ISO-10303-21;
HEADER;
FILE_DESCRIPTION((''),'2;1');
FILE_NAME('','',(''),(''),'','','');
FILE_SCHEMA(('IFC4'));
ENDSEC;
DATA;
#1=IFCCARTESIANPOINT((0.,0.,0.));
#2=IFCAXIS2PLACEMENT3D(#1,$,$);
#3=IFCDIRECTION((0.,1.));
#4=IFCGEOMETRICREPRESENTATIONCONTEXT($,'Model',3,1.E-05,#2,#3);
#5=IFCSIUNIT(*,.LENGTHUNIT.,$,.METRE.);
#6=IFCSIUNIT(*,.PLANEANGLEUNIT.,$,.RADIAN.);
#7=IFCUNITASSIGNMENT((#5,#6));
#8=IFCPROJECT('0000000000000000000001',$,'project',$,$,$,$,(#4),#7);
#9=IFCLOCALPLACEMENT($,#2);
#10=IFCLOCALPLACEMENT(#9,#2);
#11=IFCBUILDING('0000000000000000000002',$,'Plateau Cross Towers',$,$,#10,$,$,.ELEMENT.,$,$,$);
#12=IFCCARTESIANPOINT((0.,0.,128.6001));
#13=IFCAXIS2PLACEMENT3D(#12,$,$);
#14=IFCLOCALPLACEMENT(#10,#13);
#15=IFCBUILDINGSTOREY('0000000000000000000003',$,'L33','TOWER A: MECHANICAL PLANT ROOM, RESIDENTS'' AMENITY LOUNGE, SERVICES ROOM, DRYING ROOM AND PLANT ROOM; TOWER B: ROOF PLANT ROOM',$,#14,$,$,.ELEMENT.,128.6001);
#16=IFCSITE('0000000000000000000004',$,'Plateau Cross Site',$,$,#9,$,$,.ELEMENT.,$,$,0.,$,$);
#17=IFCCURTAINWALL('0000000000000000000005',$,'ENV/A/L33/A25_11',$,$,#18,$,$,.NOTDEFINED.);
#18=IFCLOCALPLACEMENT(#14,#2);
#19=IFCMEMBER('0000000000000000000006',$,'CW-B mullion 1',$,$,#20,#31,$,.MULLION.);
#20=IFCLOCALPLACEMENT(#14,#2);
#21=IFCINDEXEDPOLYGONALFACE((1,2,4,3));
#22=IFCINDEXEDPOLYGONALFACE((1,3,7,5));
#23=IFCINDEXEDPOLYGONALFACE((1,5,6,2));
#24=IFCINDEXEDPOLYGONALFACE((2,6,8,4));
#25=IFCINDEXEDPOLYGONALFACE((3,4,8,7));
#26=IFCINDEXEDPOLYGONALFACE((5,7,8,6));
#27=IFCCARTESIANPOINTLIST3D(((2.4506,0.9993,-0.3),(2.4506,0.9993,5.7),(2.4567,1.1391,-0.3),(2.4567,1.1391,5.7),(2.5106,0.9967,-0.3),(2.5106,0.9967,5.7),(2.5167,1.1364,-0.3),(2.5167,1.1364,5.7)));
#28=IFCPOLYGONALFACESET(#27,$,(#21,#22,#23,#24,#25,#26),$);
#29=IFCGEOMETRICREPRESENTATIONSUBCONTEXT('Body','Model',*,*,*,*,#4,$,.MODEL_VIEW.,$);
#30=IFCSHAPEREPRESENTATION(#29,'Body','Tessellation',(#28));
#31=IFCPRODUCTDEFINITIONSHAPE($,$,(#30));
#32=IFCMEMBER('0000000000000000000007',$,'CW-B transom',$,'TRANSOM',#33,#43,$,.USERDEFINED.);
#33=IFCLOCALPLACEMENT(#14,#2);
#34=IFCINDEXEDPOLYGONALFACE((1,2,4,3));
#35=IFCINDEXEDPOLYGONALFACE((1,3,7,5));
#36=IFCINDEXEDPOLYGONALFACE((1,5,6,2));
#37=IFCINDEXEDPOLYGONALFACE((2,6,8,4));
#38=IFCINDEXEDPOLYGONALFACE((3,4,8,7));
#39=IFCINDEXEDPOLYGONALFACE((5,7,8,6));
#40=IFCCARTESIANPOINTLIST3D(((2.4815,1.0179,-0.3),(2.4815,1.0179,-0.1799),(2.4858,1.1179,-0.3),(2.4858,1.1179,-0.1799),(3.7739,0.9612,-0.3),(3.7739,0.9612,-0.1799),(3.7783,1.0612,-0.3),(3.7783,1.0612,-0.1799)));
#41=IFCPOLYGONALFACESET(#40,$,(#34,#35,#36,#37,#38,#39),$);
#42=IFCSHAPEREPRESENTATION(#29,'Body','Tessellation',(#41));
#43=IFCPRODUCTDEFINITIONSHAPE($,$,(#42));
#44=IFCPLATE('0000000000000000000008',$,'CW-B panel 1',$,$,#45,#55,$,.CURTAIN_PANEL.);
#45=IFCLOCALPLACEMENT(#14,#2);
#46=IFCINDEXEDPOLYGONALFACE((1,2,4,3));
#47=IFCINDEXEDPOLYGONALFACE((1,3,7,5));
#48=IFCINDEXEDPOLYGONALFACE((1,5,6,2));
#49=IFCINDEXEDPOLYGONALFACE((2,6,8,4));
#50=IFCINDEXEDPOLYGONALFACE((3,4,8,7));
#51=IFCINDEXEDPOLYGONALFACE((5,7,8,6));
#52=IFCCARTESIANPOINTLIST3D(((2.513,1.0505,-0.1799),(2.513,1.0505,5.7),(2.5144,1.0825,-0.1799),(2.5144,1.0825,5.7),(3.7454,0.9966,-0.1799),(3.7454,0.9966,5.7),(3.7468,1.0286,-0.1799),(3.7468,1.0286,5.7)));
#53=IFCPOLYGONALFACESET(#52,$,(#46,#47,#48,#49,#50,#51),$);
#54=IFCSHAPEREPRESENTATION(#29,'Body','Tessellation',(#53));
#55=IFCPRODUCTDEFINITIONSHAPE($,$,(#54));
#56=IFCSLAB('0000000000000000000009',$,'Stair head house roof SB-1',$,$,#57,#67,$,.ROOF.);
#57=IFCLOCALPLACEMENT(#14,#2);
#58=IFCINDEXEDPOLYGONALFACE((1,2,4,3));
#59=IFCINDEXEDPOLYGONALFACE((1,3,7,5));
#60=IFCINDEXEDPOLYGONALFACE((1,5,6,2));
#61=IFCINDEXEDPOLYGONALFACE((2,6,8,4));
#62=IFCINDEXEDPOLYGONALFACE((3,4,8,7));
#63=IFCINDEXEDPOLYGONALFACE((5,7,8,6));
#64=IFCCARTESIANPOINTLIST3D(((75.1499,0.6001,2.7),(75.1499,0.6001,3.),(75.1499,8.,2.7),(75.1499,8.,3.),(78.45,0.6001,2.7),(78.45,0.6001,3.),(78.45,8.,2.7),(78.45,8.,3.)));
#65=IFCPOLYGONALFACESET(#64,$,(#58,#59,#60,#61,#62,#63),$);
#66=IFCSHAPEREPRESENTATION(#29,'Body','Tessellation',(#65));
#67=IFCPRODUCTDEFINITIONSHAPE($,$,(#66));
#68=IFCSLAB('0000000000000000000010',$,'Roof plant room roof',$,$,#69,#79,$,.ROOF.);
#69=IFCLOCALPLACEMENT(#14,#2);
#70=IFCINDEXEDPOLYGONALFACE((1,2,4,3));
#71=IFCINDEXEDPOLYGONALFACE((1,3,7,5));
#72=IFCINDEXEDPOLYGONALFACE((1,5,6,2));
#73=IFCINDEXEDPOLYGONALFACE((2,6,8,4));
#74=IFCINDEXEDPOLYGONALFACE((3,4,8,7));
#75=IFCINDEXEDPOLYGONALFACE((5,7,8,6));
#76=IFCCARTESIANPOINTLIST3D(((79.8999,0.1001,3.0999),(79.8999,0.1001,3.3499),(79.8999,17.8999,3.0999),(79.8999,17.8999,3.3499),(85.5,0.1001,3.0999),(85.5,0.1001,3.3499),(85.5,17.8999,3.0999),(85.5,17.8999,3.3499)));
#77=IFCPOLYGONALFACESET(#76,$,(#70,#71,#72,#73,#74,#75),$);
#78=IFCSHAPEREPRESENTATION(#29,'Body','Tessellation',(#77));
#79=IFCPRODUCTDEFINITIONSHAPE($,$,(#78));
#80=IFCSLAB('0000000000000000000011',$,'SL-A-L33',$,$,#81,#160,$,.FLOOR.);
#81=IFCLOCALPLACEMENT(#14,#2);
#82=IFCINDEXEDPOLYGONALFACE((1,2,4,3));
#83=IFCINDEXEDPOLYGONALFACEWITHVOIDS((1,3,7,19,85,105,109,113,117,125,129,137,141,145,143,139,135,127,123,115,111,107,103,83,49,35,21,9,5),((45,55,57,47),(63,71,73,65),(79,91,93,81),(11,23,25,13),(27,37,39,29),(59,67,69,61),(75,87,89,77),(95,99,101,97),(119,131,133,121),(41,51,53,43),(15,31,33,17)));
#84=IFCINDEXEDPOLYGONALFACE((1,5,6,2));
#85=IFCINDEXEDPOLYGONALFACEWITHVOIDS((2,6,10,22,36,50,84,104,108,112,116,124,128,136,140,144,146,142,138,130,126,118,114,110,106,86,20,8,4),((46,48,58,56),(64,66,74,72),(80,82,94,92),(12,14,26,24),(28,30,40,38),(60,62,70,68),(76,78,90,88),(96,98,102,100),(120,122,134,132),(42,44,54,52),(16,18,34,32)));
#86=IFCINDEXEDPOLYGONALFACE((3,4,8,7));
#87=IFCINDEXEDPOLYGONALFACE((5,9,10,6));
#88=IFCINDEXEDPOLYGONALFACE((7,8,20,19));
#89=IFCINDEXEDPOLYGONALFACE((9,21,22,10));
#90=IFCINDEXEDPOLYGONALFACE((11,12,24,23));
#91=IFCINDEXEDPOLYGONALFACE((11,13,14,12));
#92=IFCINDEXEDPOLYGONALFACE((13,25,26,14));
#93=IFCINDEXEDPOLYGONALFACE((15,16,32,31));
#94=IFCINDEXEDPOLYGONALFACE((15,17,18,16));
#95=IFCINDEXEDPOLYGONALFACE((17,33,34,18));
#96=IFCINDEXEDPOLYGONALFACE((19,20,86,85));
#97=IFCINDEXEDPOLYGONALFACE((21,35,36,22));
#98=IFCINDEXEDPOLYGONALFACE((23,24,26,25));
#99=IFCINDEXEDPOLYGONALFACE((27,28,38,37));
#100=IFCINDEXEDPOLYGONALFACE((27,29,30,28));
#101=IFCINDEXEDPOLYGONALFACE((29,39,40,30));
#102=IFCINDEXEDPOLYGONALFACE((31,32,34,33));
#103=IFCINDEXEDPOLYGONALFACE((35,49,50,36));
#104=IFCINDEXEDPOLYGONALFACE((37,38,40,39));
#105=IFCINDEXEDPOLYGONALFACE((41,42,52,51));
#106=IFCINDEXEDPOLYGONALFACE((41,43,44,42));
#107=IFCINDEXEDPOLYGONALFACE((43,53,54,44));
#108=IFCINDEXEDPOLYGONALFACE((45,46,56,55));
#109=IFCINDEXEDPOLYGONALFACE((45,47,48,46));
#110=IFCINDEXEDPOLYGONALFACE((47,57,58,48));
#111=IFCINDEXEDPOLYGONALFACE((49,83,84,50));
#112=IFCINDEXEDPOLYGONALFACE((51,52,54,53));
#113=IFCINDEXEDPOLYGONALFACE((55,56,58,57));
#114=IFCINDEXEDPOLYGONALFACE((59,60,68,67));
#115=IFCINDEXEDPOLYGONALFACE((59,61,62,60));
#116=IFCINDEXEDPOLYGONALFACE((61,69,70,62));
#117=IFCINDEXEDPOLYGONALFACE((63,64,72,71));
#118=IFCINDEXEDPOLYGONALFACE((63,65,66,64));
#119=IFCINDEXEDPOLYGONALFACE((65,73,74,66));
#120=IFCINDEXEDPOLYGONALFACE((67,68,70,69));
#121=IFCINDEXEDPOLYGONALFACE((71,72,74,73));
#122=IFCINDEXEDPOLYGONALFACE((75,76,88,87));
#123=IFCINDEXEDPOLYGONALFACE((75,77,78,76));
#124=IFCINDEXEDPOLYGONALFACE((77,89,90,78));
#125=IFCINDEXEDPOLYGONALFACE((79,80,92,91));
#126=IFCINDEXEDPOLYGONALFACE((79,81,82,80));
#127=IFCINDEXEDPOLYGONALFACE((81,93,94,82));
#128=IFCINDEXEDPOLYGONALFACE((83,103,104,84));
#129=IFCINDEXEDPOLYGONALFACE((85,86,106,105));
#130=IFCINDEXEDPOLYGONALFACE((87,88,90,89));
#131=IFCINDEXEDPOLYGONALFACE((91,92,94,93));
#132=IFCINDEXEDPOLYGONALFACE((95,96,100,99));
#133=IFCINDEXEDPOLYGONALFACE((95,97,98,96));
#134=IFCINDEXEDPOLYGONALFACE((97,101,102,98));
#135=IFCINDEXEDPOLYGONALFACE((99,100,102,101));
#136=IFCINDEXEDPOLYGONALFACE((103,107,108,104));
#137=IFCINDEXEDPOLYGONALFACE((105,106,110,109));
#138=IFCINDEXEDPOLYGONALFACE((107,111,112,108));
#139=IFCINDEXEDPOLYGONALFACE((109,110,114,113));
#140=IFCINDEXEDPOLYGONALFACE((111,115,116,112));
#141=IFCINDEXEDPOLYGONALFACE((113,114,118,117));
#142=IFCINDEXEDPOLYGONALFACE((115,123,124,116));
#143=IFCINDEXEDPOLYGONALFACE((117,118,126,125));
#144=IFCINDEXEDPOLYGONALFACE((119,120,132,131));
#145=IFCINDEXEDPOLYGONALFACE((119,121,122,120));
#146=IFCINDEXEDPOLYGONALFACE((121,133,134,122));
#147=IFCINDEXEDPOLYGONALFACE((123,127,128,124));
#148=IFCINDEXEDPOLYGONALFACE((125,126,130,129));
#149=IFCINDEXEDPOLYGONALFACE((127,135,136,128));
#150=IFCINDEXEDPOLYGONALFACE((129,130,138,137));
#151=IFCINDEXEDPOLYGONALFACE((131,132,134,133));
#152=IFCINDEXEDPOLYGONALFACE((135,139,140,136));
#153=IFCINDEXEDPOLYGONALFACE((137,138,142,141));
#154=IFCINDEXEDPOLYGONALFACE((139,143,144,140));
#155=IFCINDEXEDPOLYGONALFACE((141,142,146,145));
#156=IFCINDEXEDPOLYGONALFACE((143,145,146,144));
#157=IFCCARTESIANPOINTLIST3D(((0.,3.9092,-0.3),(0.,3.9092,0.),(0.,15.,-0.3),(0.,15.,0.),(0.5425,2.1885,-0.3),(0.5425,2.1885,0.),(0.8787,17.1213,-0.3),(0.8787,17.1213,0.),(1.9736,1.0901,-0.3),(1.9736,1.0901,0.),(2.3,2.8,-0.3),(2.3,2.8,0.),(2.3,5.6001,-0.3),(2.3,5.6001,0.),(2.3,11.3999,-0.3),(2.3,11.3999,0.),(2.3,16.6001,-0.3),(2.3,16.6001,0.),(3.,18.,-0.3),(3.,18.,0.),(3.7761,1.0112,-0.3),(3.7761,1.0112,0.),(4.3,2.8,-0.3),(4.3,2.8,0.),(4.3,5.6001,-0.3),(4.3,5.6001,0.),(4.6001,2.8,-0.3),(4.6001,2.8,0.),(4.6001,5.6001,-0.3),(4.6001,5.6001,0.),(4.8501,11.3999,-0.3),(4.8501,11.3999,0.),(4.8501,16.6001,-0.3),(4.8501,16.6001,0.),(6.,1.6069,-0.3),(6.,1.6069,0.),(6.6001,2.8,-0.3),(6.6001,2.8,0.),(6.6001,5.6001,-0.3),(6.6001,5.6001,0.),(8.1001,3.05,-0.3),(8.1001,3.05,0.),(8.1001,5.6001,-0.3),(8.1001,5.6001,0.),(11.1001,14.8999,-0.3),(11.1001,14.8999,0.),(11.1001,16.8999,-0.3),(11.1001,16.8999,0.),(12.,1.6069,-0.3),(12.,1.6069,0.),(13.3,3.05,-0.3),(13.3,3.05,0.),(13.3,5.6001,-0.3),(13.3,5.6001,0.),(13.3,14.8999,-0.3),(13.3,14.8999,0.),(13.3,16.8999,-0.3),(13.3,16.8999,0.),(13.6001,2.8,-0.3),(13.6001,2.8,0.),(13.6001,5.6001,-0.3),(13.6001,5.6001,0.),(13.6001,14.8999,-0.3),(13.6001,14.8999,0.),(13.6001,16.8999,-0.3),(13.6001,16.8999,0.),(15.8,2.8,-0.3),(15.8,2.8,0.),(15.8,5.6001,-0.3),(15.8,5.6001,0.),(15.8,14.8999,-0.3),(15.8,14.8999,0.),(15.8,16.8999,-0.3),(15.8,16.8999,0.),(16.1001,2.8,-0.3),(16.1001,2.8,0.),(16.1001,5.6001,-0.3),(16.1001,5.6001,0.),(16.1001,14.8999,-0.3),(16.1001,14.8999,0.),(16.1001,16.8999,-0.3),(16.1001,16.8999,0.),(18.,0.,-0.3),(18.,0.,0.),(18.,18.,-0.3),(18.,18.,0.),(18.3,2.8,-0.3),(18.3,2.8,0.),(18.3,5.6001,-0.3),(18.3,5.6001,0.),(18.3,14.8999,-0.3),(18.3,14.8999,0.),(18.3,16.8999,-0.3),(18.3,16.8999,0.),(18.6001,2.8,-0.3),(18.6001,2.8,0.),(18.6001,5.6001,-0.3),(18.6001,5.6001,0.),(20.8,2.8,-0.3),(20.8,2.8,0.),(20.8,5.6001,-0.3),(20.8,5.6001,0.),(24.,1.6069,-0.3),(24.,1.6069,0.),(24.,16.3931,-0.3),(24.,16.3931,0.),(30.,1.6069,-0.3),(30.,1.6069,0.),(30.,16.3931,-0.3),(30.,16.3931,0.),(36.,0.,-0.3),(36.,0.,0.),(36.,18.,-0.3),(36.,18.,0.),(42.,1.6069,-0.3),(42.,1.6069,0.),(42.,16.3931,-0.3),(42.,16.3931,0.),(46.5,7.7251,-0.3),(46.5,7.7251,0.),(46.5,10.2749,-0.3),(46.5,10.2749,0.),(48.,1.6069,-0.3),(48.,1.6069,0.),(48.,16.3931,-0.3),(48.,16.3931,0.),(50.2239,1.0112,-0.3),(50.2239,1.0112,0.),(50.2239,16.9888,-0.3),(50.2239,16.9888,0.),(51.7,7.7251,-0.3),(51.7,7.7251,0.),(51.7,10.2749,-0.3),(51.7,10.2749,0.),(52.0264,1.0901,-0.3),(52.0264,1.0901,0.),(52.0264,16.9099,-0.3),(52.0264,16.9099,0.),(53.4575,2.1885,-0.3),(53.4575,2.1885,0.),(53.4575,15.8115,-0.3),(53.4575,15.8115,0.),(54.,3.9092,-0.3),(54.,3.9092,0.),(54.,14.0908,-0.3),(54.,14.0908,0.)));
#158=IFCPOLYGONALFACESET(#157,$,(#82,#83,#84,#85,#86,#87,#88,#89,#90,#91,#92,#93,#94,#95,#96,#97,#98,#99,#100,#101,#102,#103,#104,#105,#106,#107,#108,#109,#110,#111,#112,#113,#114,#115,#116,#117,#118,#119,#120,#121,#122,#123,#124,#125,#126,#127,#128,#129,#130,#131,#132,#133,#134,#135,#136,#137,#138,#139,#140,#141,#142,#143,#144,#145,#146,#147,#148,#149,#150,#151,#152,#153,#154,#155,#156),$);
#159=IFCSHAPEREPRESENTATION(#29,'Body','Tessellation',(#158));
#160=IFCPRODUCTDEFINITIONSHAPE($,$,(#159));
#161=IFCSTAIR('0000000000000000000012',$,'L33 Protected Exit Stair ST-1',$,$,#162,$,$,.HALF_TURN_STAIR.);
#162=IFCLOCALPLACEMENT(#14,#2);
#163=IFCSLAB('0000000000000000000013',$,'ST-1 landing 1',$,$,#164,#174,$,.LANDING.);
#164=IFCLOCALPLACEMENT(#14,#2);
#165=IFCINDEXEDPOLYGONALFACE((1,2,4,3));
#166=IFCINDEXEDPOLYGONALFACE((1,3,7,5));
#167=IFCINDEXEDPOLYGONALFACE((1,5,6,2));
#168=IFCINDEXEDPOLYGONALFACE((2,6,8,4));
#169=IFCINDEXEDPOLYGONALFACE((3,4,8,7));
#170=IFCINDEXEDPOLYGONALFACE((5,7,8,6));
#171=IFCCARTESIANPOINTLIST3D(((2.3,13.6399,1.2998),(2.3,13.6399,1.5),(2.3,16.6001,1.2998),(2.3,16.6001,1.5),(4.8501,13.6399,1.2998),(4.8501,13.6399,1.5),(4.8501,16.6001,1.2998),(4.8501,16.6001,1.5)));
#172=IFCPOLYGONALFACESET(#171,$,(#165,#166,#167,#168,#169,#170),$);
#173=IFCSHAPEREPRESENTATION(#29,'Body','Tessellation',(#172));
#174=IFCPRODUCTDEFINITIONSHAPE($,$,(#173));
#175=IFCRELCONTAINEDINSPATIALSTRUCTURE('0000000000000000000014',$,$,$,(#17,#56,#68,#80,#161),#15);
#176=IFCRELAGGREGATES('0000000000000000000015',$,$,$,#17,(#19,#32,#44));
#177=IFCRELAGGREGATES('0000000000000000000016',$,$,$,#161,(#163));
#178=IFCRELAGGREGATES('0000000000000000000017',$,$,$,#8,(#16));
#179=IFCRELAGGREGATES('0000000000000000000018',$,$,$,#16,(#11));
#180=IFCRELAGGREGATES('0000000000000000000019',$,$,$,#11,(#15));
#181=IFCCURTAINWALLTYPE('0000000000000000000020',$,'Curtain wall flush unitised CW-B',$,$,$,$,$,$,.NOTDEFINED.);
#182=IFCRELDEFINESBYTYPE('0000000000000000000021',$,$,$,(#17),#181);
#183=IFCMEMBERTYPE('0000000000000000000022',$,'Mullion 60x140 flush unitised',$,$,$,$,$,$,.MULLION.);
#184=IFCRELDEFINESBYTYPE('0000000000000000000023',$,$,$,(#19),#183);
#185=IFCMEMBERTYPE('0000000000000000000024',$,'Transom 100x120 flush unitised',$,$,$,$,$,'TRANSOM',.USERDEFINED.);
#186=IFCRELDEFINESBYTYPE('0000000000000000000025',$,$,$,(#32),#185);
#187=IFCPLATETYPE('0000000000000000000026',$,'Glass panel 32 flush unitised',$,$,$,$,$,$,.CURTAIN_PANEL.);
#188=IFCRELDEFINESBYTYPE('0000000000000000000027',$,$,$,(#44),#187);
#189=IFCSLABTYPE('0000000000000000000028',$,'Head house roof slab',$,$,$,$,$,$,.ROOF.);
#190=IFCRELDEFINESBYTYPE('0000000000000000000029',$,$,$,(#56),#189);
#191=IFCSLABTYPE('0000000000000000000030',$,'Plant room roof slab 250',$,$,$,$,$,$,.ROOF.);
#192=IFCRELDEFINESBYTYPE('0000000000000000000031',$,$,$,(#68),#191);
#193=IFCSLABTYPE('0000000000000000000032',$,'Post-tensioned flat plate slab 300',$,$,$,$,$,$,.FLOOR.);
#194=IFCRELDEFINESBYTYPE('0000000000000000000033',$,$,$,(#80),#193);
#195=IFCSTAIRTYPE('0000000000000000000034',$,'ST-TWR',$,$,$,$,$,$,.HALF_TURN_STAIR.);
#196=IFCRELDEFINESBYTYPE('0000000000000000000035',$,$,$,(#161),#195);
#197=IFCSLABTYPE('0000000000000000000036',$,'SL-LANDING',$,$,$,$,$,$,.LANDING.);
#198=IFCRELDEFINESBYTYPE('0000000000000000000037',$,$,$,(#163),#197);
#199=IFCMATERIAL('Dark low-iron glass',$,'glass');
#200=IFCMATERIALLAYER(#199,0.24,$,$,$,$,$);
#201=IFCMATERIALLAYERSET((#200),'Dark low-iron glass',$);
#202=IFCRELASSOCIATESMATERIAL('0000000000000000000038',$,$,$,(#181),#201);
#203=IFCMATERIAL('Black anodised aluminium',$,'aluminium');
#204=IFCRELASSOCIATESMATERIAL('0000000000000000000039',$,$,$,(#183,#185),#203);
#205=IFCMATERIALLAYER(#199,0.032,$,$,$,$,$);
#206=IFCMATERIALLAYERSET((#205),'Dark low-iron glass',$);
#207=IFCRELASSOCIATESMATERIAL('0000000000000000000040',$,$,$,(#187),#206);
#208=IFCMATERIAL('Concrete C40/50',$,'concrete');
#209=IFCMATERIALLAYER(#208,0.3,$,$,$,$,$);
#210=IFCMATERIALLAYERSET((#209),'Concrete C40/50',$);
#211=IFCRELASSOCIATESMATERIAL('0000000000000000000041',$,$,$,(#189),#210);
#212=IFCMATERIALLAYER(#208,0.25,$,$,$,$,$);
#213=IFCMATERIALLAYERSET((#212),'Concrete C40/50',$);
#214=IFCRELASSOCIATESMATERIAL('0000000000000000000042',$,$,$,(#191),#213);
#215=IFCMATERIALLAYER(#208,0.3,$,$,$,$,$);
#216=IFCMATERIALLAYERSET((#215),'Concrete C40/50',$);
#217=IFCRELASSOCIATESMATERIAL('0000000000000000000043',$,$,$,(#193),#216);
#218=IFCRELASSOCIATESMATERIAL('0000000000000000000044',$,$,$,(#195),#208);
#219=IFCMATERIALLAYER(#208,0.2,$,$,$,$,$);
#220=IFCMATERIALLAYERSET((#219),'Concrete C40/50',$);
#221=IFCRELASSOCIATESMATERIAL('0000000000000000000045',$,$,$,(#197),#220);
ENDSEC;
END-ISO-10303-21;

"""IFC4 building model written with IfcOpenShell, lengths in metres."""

from ifc_helpers import new_model, si_unit, direction, frame, origin, origin_2d, place, context, subcontext, project, spatial, polyline, rectangle, outline, extrude, material, layer, layer_set, material_profile, profile_set, type_object, element, aggregate, save


model = new_model("IFC4")

# Units and contexts
model_context = context("Model", 3, precision=1e-05, world=origin(), true_north=direction((0.0, 1.0)))
body_context = subcontext(model_context, "Body", "Model", "MODEL_VIEW")
ifc_project = project(units=[si_unit("LENGTHUNIT", "METRE"), si_unit("PLANEANGLEUNIT", "RADIAN")], contexts=[model_context])

# Site, building, storey
site_placement = place(None, origin())
site = spatial("IfcSite", under=ifc_project, at=site_placement, Name="Plateau Cross Site", CompositionType="ELEMENT", RefElevation=0.0)
building_placement = place(site_placement, origin())
building = spatial("IfcBuilding", under=site, at=building_placement, Name="Plateau Cross Towers", CompositionType="ELEMENT")
storey_placement = place(building_placement, frame((0.0, 0.0, 128.6001)))
storey = spatial("IfcBuildingStorey", under=building, at=storey_placement, Name="L33", Description="TOWER A: MECHANICAL PLANT ROOM, RESIDENTS' AMENITY LOUNGE, SERVICES ROOM, DRYING ROOM AND PLANT ROOM; TOWER B: ROOF PLANT ROOM", CompositionType="ELEMENT", Elevation=128.6001)

# Curtain wall, members, plate
ifc_material_1 = material(Name="Dark low-iron glass", Category="glass")
ifc_layer_1 = layer(ifc_material_1, 0.24)
ifc_layer_set_1 = layer_set([ifc_layer_1], Name="Dark low-iron glass")
curtain_wall_type = type_object("IfcCurtainWallType", Name="Curtain wall flush unitised CW-B", PredefinedType="NOTDEFINED", material=ifc_layer_set_1)
curtain_wall_placement = place(storey_placement, origin())
curtain_wall = element("IfcCurtainWall", 1, at=curtain_wall_placement, inside=storey, type_object=curtain_wall_type, Name="ENV/A/L33/A25_11", PredefinedType="NOTDEFINED")
ifc_material_2 = material(Name="Black anodised aluminium", Category="aluminium")
ifc_material_profile_1 = material_profile(ifc_material_2, rectangle(XDim=0.0601, YDim=0.1399, at=origin_2d()), Name="MULLION 60x140")
ifc_profile_set_1 = profile_set([ifc_material_profile_1], Name="Black anodised aluminium")
member_type_1 = type_object("IfcMemberType", Name="Mullion 60x140 flush unitised", PredefinedType="MULLION", material=ifc_profile_set_1)
member_1_placement = place(storey_placement, frame((2.4836, 1.0679, -0.3), z_axis=(0.0, 0.0, 1.0), x_axis=(0.999044, -0.043723, 0.0)))
member_1 = element("IfcMember", 2, at=member_1_placement, type_object=member_type_1, Name="CW-B mullion 1", PredefinedType="MULLION", context=body_context, shape_type="SweptSolid", body=[
    extrude(rectangle(XDim=0.0601, YDim=0.1399, at=origin_2d()), origin(), (0.0, 0.0, 1.0), 6.0),
])
ifc_material_profile_2 = material_profile(ifc_material_2, rectangle(XDim=0.1001, YDim=0.1201, at=origin_2d()), Name="TRANSOM 100x120")
ifc_profile_set_2 = profile_set([ifc_material_profile_2], Name="Black anodised aluminium")
member_type_2 = type_object("IfcMemberType", Name="Transom 100x120 flush unitised", ElementType="TRANSOM", PredefinedType="USERDEFINED", material=ifc_profile_set_2)
member_2_placement = place(storey_placement, frame((2.4836, 1.0679, -0.24), z_axis=(0.999041, -0.043781, 0.0), x_axis=(0.043781, 0.999041, 0.0)))
member_2 = element("IfcMember", 3, at=member_2_placement, type_object=member_type_2, Name="CW-B transom", ObjectType="TRANSOM", PredefinedType="USERDEFINED", context=body_context, shape_type="SweptSolid", body=[
    extrude(rectangle(XDim=0.1001, YDim=0.1201, at=origin_2d()), origin(), (0.0, 0.0, 1.0), 1.2937),
])
ifc_layer_2 = layer(ifc_material_1, 0.032)
ifc_layer_set_2 = layer_set([ifc_layer_2], Name="Dark low-iron glass")
plate_type = type_object("IfcPlateType", Name="Glass panel 32 flush unitised", PredefinedType="CURTAIN_PANEL", material=ifc_layer_set_2)
plate_placement = place(storey_placement, frame((3.1299, 1.0396, -0.1799), z_axis=(0.0, 0.0, 1.0), x_axis=(0.999044, -0.043723, 0.0)))
plate = element("IfcPlate", 4, at=plate_placement, type_object=plate_type, Name="CW-B panel 1", PredefinedType="CURTAIN_PANEL", context=body_context, shape_type="SweptSolid", body=[
    extrude(rectangle(XDim=1.2336, YDim=0.032, at=origin_2d()), origin(), (0.0, 0.0, 1.0), 5.8799),
])
aggregate(curtain_wall, [member_1, member_2, plate])

# Slabs
ifc_material_3 = material(Name="Concrete C40/50", Category="concrete")
ifc_layer_3 = layer(ifc_material_3, 0.3)
ifc_layer_set_3 = layer_set([ifc_layer_3], Name="Concrete C40/50")
slab_type_1 = type_object("IfcSlabType", Name="Head house roof slab", PredefinedType="ROOF", material=ifc_layer_set_3)
slab_1_placement = place(storey_placement, frame((0.0, 0.0, 2.7)))
element("IfcSlab", 5, at=slab_1_placement, inside=storey, type_object=slab_type_1, Name="Stair head house roof SB-1", PredefinedType="ROOF", context=body_context, shape_type="SweptSolid", body=[
    extrude(outline(polyline([(75.1499, 8.0), (75.1499, 0.6001), (78.45, 0.6001), (78.45, 8.0), (75.1499, 8.0)])), origin(), (0.0, 0.0, 1.0), 0.3),
])
ifc_layer_4 = layer(ifc_material_3, 0.25)
ifc_layer_set_4 = layer_set([ifc_layer_4], Name="Concrete C40/50")
slab_type_2 = type_object("IfcSlabType", Name="Plant room roof slab 250", PredefinedType="ROOF", material=ifc_layer_set_4)
slab_2_placement = place(storey_placement, frame((0.0, 0.0, 3.0999)))
element("IfcSlab", 6, at=slab_2_placement, inside=storey, type_object=slab_type_2, Name="Roof plant room roof", PredefinedType="ROOF", context=body_context, shape_type="SweptSolid", body=[
    extrude(outline(polyline([(79.8999, 0.1001), (85.5, 0.1001), (85.5, 17.8999), (79.8999, 17.8999), (79.8999, 0.1001)])), origin(), (0.0, 0.0, 1.0), 0.25),
])
ifc_layer_5 = layer(ifc_material_3, 0.3)
ifc_layer_set_5 = layer_set([ifc_layer_5], Name="Concrete C40/50")
slab_type_3 = type_object("IfcSlabType", Name="Post-tensioned flat plate slab 300", PredefinedType="FLOOR", material=ifc_layer_set_5)
slab_3_placement = place(storey_placement, frame((0.0, 0.0, -0.3)))
element("IfcSlab", 7, at=slab_3_placement, inside=storey, type_object=slab_type_3, Name="SL-A-L33", PredefinedType="FLOOR", context=body_context, shape_type="SweptSolid", body=[
    extrude(outline(polyline([(1.9736, 1.0901), (0.5425, 2.1885), (0.0, 3.9092), (0.0, 15.0), (0.8787, 17.1213), (3.0, 18.0), (18.0, 18.0), (24.0, 16.3931), (30.0, 16.3931), (36.0, 18.0), (42.0, 16.3931), (48.0, 16.3931), (50.2239, 16.9888), (52.0264, 16.9099), (53.4575, 15.8115), (54.0, 14.0908), (54.0, 3.9092), (53.4575, 2.1885), (52.0264, 1.0901), (50.2239, 1.0112), (48.0, 1.6069), (42.0, 1.6069), (36.0, 0.0), (30.0, 1.6069), (24.0, 1.6069), (18.0, 0.0), (12.0, 1.6069), (6.0, 1.6069), (3.7761, 1.0112), (1.9736, 1.0901)]), holes=[polyline([(4.3, 5.6001), (2.3, 5.6001), (2.3, 2.8), (4.3, 2.8), (4.3, 5.6001)]), polyline([(6.6001, 2.8), (6.6001, 5.6001), (4.6001, 5.6001), (4.6001, 2.8), (6.6001, 2.8)]), polyline([(13.3, 3.05), (13.3, 5.6001), (8.1001, 5.6001), (8.1001, 3.05), (13.3, 3.05)]), polyline([(2.3, 16.6001), (2.3, 11.3999), (4.8501, 11.3999), (4.8501, 16.6001), (2.3, 16.6001)]), polyline([(13.3, 14.8999), (13.3, 16.8999), (11.1001, 16.8999), (11.1001, 14.8999), (13.3, 14.8999)]), polyline([(15.8, 5.6001), (13.6001, 5.6001), (13.6001, 2.8), (15.8, 2.8), (15.8, 5.6001)]), polyline([(18.3, 2.8), (18.3, 5.6001), (16.1001, 5.6001), (16.1001, 2.8), (18.3, 2.8)]), polyline([(20.8, 2.8), (20.8, 5.6001), (18.6001, 5.6001), (18.6001, 2.8), (20.8, 2.8)]), polyline([(51.7, 10.2749), (46.5, 10.2749), (46.5, 7.7251), (51.7, 7.7251), (51.7, 10.2749)]), polyline([(15.8, 14.8999), (15.8, 16.8999), (13.6001, 16.8999), (13.6001, 14.8999), (15.8, 14.8999)]), polyline([(18.3, 14.8999), (18.3, 16.8999), (16.1001, 16.8999), (16.1001, 14.8999), (18.3, 14.8999)])]), origin(), (0.0, 0.0, 1.0), 0.3),
])

# Stair, slab
stair_type = type_object("IfcStairType", Name="ST-TWR", PredefinedType="HALF_TURN_STAIR", material=ifc_material_3)
stair_1_placement = place(storey_placement, origin())
stair_1 = element("IfcStair", 8, at=stair_1_placement, inside=storey, type_object=stair_type, Name="L33 Protected Exit Stair ST-1", PredefinedType="HALF_TURN_STAIR")
ifc_layer_6 = layer(ifc_material_3, 0.2)
ifc_layer_set_6 = layer_set([ifc_layer_6], Name="Concrete C40/50")
slab_type_4 = type_object("IfcSlabType", Name="SL-LANDING", PredefinedType="LANDING", material=ifc_layer_set_6)
slab_4_placement = place(storey_placement, frame((0.0, 0.0, 1.2998)))
slab_4 = element("IfcSlab", 9, at=slab_4_placement, type_object=slab_type_4, Name="ST-1 landing 1", PredefinedType="LANDING", context=body_context, shape_type="SweptSolid", body=[
    extrude(outline(polyline([(4.8501, 13.6399), (4.8501, 16.6001), (2.3, 16.6001), (2.3, 13.6399), (4.8501, 13.6399)])), origin(), (0.0, 0.0, 1.0), 0.2002),
])
aggregate(stair_1, [slab_4])

save(model, "model.ifc")
